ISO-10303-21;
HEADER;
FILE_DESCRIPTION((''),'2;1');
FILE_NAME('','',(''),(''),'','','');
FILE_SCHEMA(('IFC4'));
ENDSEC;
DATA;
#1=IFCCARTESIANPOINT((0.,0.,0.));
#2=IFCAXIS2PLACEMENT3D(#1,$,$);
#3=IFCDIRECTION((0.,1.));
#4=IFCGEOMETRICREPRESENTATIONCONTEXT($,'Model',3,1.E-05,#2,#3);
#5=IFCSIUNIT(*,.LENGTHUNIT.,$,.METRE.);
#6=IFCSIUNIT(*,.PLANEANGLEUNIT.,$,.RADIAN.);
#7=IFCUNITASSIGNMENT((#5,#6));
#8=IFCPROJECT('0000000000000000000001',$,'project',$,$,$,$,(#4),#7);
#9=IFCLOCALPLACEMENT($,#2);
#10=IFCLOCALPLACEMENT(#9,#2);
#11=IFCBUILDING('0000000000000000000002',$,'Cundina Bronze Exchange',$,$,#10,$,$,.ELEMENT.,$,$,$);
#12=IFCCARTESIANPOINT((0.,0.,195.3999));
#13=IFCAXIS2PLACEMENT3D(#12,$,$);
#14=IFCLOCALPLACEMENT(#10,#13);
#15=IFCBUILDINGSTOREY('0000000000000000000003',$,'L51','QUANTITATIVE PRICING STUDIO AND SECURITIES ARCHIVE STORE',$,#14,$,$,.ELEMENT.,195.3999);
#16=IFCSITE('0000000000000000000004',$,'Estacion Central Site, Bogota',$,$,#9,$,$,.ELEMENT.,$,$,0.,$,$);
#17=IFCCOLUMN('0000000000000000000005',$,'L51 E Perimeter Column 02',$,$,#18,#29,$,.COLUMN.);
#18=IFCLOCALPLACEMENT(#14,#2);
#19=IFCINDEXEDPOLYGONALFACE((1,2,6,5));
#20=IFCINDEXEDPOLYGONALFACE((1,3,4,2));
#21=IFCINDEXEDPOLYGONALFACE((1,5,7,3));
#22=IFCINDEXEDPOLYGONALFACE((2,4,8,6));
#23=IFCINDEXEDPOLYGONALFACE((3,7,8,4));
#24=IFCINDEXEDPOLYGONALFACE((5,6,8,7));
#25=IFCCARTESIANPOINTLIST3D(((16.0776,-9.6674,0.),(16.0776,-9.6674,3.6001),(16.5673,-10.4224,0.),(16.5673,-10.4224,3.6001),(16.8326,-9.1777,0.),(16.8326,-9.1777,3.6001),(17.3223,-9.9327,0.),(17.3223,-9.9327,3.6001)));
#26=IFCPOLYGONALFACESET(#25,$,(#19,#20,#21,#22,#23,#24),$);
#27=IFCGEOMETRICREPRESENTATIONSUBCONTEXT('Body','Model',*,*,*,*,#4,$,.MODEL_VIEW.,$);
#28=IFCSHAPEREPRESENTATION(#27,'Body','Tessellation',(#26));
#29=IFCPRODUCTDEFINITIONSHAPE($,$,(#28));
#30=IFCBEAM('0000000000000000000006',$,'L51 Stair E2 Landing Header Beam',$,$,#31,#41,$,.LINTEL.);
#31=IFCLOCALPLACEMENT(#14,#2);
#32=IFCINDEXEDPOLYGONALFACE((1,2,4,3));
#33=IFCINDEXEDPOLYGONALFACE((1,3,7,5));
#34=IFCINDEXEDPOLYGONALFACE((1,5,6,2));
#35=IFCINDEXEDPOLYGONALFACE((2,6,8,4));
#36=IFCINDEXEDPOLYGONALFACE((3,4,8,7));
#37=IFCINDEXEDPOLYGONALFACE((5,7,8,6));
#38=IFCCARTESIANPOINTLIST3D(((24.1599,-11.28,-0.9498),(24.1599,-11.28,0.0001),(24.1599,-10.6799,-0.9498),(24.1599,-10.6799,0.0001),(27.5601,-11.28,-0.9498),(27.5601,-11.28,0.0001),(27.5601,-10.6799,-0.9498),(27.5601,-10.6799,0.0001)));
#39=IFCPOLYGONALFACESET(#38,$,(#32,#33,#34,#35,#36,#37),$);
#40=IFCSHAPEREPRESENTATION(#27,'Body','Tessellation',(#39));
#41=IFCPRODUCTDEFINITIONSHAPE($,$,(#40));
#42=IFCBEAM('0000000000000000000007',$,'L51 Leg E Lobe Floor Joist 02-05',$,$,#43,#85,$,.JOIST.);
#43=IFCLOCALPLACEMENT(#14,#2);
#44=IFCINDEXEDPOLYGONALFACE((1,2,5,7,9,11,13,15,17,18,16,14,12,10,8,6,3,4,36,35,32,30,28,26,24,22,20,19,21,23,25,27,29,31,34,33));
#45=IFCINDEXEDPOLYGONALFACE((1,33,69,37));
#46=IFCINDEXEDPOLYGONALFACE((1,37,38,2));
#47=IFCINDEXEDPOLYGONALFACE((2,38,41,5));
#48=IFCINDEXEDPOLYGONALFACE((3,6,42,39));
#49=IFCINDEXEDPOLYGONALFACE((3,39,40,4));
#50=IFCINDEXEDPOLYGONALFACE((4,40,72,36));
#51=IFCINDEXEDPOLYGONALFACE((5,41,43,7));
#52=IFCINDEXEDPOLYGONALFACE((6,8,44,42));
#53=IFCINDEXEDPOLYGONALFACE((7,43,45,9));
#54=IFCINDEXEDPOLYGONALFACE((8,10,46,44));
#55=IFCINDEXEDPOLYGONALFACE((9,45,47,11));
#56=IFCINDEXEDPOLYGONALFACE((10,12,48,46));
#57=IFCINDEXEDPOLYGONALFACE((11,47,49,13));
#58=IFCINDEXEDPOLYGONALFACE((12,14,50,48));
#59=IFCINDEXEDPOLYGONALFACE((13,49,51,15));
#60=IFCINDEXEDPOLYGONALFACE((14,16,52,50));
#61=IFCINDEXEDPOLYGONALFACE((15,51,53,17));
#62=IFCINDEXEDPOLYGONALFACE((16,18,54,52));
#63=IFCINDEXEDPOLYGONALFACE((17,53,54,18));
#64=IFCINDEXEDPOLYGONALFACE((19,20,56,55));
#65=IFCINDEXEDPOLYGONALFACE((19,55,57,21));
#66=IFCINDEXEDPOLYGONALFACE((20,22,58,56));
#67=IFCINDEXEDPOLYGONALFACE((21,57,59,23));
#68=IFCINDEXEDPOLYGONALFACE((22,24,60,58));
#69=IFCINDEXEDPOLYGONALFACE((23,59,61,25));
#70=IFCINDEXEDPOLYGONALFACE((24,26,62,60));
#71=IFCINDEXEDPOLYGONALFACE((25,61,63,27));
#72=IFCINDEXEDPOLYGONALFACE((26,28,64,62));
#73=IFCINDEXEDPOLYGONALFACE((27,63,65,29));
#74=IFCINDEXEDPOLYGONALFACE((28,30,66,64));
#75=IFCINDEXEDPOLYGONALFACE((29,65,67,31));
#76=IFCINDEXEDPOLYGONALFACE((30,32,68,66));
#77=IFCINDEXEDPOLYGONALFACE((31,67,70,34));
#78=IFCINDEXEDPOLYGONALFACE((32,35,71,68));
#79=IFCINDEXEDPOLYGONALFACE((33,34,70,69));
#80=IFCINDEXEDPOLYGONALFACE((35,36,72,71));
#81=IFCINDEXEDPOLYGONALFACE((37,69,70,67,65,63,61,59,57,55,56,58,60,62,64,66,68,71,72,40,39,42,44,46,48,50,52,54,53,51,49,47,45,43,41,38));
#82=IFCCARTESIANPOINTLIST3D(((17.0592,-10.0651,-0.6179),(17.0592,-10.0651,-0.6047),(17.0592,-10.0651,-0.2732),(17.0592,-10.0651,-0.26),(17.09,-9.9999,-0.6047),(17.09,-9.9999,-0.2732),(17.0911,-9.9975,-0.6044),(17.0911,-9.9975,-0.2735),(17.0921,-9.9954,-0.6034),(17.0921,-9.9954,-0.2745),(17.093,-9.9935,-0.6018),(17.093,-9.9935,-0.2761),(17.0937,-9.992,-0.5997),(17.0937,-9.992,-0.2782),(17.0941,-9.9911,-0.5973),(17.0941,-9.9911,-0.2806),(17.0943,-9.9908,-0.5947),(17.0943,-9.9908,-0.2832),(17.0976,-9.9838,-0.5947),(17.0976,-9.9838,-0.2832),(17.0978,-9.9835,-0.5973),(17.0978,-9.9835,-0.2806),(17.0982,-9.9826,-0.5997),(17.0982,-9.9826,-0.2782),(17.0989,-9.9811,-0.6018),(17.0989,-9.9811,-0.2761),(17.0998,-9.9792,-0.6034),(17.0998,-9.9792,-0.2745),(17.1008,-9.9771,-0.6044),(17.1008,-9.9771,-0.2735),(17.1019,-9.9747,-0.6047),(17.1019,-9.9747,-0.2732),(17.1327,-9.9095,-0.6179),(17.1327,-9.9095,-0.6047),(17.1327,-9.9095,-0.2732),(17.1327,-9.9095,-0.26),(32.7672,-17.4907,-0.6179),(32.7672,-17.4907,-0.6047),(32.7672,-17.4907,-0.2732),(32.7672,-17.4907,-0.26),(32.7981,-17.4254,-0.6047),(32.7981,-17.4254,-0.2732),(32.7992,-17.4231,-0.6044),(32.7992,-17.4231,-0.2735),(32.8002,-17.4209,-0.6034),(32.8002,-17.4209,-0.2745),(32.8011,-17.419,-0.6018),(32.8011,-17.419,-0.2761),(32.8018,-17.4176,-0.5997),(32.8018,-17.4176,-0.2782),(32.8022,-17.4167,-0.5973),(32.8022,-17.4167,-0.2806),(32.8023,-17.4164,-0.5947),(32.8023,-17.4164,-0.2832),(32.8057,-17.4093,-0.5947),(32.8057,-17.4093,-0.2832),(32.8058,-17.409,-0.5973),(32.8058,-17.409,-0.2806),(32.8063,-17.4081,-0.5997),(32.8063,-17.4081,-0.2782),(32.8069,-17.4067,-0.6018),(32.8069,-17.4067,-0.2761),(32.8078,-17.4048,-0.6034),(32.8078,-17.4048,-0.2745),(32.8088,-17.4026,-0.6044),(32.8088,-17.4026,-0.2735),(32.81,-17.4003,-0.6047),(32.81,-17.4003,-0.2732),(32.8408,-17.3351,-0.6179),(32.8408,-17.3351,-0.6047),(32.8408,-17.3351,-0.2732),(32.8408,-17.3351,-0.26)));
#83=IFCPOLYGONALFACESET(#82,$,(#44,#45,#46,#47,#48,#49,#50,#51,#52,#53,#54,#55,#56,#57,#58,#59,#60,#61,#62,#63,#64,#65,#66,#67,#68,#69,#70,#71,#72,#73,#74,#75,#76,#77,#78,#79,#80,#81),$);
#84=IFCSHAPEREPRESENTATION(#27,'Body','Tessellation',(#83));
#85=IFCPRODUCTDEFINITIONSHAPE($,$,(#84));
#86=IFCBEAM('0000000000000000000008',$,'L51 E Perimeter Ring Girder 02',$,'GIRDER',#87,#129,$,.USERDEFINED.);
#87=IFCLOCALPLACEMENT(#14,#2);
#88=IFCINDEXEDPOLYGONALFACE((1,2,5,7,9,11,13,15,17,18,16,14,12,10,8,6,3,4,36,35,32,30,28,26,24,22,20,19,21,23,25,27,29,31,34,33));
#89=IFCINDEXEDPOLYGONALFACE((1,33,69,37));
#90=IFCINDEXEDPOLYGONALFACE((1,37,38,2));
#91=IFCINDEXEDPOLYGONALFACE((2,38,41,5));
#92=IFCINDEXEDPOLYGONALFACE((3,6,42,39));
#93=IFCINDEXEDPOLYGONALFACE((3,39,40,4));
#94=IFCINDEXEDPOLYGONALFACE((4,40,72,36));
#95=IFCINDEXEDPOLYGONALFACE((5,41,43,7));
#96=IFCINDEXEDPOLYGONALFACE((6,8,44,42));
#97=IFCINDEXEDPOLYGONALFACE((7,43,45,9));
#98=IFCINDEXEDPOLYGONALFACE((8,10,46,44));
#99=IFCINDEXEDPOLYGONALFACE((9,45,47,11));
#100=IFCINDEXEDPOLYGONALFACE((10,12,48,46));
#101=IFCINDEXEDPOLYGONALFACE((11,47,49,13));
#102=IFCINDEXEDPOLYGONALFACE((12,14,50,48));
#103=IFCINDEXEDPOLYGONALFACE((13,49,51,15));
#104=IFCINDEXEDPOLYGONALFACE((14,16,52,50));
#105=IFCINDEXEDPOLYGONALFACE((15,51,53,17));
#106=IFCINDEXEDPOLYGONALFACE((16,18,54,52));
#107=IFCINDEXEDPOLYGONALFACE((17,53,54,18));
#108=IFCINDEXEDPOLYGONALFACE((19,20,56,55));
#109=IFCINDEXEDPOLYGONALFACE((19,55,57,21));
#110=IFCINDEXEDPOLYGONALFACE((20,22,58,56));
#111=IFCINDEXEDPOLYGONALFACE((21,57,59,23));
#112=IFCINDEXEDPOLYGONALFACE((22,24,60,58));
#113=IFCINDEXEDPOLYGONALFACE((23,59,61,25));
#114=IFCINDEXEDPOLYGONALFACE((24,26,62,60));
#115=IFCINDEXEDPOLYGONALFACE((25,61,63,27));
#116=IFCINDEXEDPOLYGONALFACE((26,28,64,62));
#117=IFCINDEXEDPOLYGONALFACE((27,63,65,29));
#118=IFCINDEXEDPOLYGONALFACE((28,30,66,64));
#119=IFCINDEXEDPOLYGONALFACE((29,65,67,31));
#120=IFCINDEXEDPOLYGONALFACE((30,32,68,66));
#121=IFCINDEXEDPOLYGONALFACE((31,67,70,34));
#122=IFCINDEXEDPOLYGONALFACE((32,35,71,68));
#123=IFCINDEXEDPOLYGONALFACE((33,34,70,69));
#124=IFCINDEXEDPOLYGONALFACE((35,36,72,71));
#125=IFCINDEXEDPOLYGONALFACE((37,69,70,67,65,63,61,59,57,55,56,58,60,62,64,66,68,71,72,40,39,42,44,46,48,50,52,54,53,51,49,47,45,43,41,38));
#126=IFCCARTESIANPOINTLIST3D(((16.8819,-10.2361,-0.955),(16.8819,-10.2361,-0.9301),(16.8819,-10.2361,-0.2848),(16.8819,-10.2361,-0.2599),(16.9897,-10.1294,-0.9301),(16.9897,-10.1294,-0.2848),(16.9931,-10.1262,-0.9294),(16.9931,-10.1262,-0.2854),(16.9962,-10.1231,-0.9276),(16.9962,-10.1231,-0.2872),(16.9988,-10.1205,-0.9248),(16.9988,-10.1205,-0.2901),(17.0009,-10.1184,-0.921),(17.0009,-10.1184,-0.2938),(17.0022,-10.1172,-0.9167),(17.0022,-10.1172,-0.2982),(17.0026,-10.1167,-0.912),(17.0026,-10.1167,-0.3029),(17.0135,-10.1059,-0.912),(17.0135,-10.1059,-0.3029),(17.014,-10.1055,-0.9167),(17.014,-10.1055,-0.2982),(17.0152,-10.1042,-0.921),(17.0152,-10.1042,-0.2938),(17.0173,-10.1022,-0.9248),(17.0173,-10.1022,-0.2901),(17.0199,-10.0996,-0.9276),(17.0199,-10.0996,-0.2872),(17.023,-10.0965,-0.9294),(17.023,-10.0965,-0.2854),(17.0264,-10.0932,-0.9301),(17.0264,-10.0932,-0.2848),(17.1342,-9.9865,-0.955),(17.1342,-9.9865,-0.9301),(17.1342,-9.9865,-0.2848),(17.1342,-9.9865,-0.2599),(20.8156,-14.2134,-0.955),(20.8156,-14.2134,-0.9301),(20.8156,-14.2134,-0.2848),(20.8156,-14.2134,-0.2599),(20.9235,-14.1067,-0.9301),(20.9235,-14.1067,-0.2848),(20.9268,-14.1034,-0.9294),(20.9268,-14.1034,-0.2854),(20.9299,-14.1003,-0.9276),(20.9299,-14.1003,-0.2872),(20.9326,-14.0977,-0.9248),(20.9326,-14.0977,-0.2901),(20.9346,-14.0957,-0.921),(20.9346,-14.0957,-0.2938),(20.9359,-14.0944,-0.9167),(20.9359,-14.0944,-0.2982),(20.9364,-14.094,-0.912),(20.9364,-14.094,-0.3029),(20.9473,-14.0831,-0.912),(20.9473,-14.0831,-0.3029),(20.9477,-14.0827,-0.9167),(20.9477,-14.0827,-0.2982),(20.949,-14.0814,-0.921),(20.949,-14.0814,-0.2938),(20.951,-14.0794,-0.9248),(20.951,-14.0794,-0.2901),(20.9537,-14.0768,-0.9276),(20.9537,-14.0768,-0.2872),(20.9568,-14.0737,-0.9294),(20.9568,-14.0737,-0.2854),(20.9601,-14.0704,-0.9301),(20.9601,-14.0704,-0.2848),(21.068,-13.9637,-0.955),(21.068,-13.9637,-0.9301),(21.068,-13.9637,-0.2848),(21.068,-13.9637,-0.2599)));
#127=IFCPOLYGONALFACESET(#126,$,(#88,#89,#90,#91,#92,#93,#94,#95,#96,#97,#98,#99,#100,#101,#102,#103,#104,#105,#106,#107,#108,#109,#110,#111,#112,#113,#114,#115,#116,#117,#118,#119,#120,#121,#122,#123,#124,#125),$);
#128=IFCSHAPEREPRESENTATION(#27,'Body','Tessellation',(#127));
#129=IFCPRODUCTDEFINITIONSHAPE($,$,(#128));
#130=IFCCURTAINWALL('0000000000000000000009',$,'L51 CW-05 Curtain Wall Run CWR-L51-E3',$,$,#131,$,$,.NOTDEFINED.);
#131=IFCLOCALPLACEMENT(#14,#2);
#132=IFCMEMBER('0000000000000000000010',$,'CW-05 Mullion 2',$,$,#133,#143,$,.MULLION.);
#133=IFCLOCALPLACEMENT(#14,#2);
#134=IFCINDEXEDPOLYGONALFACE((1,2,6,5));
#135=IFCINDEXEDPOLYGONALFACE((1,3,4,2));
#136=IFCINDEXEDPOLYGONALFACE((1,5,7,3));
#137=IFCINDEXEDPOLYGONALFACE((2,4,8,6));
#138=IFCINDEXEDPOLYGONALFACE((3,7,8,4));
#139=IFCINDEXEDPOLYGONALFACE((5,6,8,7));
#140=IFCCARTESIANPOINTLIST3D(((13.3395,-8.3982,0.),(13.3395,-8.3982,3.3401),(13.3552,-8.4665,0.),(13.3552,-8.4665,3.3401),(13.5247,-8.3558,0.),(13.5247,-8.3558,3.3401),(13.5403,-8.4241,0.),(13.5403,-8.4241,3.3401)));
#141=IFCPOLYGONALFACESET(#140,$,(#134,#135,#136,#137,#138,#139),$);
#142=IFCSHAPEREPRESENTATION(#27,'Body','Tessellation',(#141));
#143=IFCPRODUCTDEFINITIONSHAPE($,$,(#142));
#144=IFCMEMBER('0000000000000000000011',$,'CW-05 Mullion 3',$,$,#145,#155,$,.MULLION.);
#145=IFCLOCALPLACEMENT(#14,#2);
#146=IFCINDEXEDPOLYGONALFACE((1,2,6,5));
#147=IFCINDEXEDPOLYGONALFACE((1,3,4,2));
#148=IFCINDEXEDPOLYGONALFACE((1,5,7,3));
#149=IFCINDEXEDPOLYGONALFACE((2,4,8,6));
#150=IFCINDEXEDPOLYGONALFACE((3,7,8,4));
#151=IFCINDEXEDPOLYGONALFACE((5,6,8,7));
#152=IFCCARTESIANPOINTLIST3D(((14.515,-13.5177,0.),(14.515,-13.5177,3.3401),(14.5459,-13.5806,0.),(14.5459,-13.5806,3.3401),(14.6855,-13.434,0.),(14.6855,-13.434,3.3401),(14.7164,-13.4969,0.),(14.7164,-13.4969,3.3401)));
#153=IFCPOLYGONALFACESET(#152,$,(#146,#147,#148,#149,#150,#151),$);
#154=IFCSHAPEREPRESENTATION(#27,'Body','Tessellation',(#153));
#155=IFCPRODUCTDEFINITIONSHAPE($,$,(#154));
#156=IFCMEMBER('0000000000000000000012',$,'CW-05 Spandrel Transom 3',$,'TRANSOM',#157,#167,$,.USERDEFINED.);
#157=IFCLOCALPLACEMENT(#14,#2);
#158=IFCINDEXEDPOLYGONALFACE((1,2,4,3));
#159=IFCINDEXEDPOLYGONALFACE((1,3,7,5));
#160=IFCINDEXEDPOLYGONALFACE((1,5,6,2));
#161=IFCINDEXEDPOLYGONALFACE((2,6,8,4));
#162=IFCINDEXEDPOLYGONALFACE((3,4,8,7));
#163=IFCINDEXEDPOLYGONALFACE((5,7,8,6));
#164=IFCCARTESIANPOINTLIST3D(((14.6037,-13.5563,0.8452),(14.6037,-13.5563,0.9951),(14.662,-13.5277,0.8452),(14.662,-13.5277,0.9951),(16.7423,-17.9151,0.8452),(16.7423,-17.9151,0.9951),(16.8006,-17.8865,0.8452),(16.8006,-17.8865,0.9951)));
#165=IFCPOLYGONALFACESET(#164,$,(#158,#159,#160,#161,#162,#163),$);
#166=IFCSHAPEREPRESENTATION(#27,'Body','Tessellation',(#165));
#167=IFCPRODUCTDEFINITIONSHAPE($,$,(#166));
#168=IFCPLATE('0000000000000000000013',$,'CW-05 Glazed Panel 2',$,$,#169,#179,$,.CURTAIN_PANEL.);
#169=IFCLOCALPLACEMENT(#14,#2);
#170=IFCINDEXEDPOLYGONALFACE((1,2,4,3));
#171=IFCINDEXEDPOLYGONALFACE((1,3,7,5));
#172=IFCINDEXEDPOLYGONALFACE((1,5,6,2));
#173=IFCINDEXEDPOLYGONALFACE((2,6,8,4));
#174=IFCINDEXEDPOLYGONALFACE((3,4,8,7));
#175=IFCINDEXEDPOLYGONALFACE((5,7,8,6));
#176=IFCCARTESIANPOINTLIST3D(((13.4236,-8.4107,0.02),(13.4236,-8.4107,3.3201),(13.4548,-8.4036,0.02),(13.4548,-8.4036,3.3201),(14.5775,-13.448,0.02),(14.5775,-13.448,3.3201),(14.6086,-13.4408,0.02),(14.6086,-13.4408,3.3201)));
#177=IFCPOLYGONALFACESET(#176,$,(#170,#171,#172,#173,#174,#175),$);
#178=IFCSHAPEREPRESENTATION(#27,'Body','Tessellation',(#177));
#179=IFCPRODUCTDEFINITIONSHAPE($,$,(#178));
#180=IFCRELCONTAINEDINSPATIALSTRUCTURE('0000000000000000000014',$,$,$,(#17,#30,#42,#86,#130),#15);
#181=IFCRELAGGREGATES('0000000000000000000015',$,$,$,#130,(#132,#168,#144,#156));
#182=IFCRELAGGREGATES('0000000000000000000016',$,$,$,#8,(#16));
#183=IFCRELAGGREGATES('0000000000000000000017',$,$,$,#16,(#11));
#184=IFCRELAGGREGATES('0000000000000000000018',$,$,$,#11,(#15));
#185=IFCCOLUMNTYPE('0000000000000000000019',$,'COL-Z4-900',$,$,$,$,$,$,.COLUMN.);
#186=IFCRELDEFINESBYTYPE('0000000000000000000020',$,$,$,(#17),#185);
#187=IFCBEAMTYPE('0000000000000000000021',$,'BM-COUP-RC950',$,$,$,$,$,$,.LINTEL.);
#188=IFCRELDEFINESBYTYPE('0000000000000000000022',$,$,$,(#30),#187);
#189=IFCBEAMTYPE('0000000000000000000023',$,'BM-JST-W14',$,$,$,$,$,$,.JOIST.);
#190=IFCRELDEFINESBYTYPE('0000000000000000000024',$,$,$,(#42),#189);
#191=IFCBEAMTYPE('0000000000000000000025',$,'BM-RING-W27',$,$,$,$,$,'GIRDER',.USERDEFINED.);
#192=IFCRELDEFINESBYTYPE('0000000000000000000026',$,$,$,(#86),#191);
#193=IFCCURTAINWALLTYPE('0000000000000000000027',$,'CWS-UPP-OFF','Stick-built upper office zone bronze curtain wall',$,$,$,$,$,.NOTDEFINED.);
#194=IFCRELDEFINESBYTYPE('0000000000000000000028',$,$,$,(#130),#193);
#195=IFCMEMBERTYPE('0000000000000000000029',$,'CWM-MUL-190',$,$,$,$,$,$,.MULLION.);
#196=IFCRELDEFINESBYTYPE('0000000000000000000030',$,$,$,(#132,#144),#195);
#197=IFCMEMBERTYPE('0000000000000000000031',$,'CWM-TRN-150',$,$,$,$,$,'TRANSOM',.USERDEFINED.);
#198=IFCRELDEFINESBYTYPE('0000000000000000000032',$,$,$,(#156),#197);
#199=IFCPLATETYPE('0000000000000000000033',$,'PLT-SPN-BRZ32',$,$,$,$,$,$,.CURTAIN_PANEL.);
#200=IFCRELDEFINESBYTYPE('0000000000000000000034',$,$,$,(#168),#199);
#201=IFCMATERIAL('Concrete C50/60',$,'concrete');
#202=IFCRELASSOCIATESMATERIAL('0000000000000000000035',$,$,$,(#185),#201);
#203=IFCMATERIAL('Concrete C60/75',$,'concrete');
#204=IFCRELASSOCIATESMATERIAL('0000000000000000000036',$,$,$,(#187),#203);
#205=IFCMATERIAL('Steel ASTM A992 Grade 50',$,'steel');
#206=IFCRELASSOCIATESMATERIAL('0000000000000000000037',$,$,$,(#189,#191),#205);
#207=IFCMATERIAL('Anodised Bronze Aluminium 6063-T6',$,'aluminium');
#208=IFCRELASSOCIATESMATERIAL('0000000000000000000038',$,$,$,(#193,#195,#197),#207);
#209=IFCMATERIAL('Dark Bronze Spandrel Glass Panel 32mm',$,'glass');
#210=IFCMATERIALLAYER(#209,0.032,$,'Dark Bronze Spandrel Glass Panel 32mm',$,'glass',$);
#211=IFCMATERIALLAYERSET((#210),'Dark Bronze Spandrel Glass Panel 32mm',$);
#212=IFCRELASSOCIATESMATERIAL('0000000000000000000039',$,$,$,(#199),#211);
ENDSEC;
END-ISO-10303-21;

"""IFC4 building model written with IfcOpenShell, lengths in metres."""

from ifc_helpers import new_model, si_unit, direction, frame, origin, origin_2d, place, context, subcontext, project, spatial, rectangle, i_section, extrude, material, layer, layer_set, material_profile, profile_set, type_object, element, aggregate, save


model = new_model("IFC4")

# Units and contexts
model_context = context("Model", 3, precision=1e-05, world=origin(), true_north=direction((0.0, 1.0)))
body_context = subcontext(model_context, "Body", "Model", "MODEL_VIEW")
ifc_project = project(units=[si_unit("LENGTHUNIT", "METRE"), si_unit("PLANEANGLEUNIT", "RADIAN")], contexts=[model_context])

# Site, building, storey
site_placement = place(None, origin())
site = spatial("IfcSite", under=ifc_project, at=site_placement, Name="Estacion Central Site, Bogota", CompositionType="ELEMENT", RefElevation=0.0)
building_placement = place(site_placement, origin())
building = spatial("IfcBuilding", under=site, at=building_placement, Name="Cundina Bronze Exchange", CompositionType="ELEMENT")
storey_placement = place(building_placement, frame((0.0, 0.0, 195.3999)))
storey = spatial("IfcBuildingStorey", under=building, at=storey_placement, Name="L51", Description="QUANTITATIVE PRICING STUDIO AND SECURITIES ARCHIVE STORE", CompositionType="ELEMENT", Elevation=195.3999)

# Column
ifc_material_1 = material(Name="Concrete C50/60", Category="concrete")
ifc_material_profile_1 = material_profile(ifc_material_1, rectangle(XDim=0.8999, YDim=0.8999, at=origin_2d()), Name="RC900X900", Category="concrete")
ifc_profile_set_1 = profile_set([ifc_material_profile_1], Name="Concrete C50/60")
column_type = type_object("IfcColumnType", Name="COL-Z4-900", PredefinedType="COLUMN", material=ifc_profile_set_1)
column_placement = place(storey_placement, frame((16.7, -9.8, 0.0), z_axis=(0.0, 0.0, 1.0), x_axis=(0.5442, -0.838956, 0.0)))
element("IfcColumn", 1, at=column_placement, inside=storey, type_object=column_type, Name="L51 E Perimeter Column 02", PredefinedType="COLUMN", context=body_context, shape_type="SweptSolid", body=[
    extrude(rectangle(XDim=0.8999, YDim=0.8999, at=origin_2d()), origin(), (0.0, 0.0, 1.0), 3.6001),
])

# Beams
ifc_material_2 = material(Name="Concrete C60/75", Category="concrete")
ifc_material_profile_2 = material_profile(ifc_material_2, rectangle(XDim=0.6001, YDim=0.95, at=origin_2d()), Name="RC600X950", Category="concrete")
ifc_profile_set_2 = profile_set([ifc_material_profile_2], Name="Concrete C60/75")
beam_type_1 = type_object("IfcBeamType", Name="BM-COUP-RC950", PredefinedType="LINTEL", material=ifc_profile_set_2)
beam_1_placement = place(storey_placement, frame((24.1599, -10.98, -0.4749), z_axis=(1.0, 0.0, 0.0), x_axis=(0.0, 1.0, 0.0)))
element("IfcBeam", 2, at=beam_1_placement, inside=storey, type_object=beam_type_1, Name="L51 Stair E2 Landing Header Beam", PredefinedType="LINTEL", context=body_context, shape_type="SweptSolid", body=[
    extrude(rectangle(XDim=0.6001, YDim=0.95, at=origin_2d()), origin(), (0.0, 0.0, 1.0), 3.4001),
])
ifc_material_3 = material(Name="Steel ASTM A992 Grade 50", Category="steel")
ifc_material_profile_3 = material_profile(ifc_material_3, i_section(OverallWidth=0.1721, OverallDepth=0.3579, WebThickness=0.0078, FlangeThickness=0.0132, FilletRadius=0.01, at=origin_2d()), Name="W14X38", Category="steel")
ifc_profile_set_3 = profile_set([ifc_material_profile_3], Name="Steel ASTM A992 Grade 50")
beam_type_2 = type_object("IfcBeamType", Name="BM-JST-W14", PredefinedType="JOIST", material=ifc_profile_set_3)
beam_2_placement = place(storey_placement, frame((17.0959, -9.9873, -0.439), z_axis=(0.904074, -0.427376, 0.0), x_axis=(0.427376, 0.904074, 0.0)))
element("IfcBeam", 3, at=beam_2_placement, inside=storey, type_object=beam_type_2, Name="L51 Leg E Lobe Floor Joist 02-05", PredefinedType="JOIST", context=body_context, shape_type="SweptSolid", body=[
    extrude(i_section(OverallWidth=0.1721, OverallDepth=0.3579, WebThickness=0.0078, FlangeThickness=0.0132, FilletRadius=0.01, at=origin_2d()), origin(), (0.0, 0.0, 1.0), 17.3748),
])
ifc_material_profile_4 = material_profile(ifc_material_3, i_section(OverallWidth=0.355, OverallDepth=0.6951, WebThickness=0.0154, FlangeThickness=0.0249, FilletRadius=0.0181, at=origin_2d()), Name="W27X146", Category="steel")
ifc_profile_set_4 = profile_set([ifc_material_profile_4], Name="Steel ASTM A992 Grade 50")
beam_type_3 = type_object("IfcBeamType", Name="BM-RING-W27", ElementType="GIRDER", PredefinedType="USERDEFINED", material=ifc_profile_set_4)
beam_3_placement = place(storey_placement, frame((17.0081, -10.1113, -0.6074), z_axis=(0.703212, -0.71098, 0.0), x_axis=(0.71098, 0.703212, 0.0)))
element("IfcBeam", 4, at=beam_3_placement, inside=storey, type_object=beam_type_3, Name="L51 E Perimeter Ring Girder 02", ObjectType="GIRDER", PredefinedType="USERDEFINED", context=body_context, shape_type="SweptSolid", body=[
    extrude(i_section(OverallWidth=0.355, OverallDepth=0.6951, WebThickness=0.0154, FlangeThickness=0.0249, FilletRadius=0.0181, at=origin_2d()), origin(), (0.0, 0.0, 1.0), 5.594),
])

# Curtain wall, members, plate
ifc_material_4 = material(Name="Anodised Bronze Aluminium 6063-T6", Category="aluminium")
curtain_wall_type = type_object("IfcCurtainWallType", Name="CWS-UPP-OFF", Description="Stick-built upper office zone bronze curtain wall", PredefinedType="NOTDEFINED", material=ifc_material_4)
curtain_wall_placement = place(storey_placement, origin())
curtain_wall = element("IfcCurtainWall", 5, at=curtain_wall_placement, inside=storey, type_object=curtain_wall_type, Name="L51 CW-05 Curtain Wall Run CWR-L51-E3", PredefinedType="NOTDEFINED")
ifc_material_profile_5 = material_profile(ifc_material_4, rectangle(XDim=0.0701, YDim=0.1899, at=origin_2d()), Name="AL70X190", Category="aluminium")
ifc_profile_set_5 = profile_set([ifc_material_profile_5], Name="Anodised Bronze Aluminium 6063-T6")
member_type_1 = type_object("IfcMemberType", Name="CWM-MUL-190", PredefinedType="MULLION", material=ifc_profile_set_5)
member_1_placement = place(storey_placement, frame((13.4399, -8.4111, 0.0), z_axis=(0.0, 0.0, 1.0), x_axis=(0.22325, -0.974761, 0.0)))
member_1 = element("IfcMember", 6, at=member_1_placement, type_object=member_type_1, Name="CW-05 Mullion 2", PredefinedType="MULLION", context=body_context, shape_type="SweptSolid", body=[
    extrude(rectangle(XDim=0.0701, YDim=0.1899, at=origin_2d()), origin(), (0.0, 0.0, 1.0), 3.3401),
])
member_2_placement = place(storey_placement, frame((14.6157, -13.5073, 0.0), z_axis=(0.0, 0.0, 1.0), x_axis=(0.440566, -0.89772, 0.0)))
member_2 = element("IfcMember", 7, at=member_2_placement, type_object=member_type_1, Name="CW-05 Mullion 3", PredefinedType="MULLION", context=body_context, shape_type="SweptSolid", body=[
    extrude(rectangle(XDim=0.0701, YDim=0.1899, at=origin_2d()), origin(), (0.0, 0.0, 1.0), 3.3401),
])
ifc_material_profile_6 = material_profile(ifc_material_4, rectangle(XDim=0.0649, YDim=0.1499, at=origin_2d()), Name="AL65X150", Category="aluminium")
ifc_profile_set_6 = profile_set([ifc_material_profile_6], Name="Anodised Bronze Aluminium 6063-T6")
member_type_2 = type_object("IfcMemberType", Name="CWM-TRN-150", ElementType="TRANSOM", PredefinedType="USERDEFINED", material=ifc_profile_set_6)
member_3_placement = place(storey_placement, frame((14.6328, -13.542, 0.9202), z_axis=(0.440483, -0.897761, 0.0), x_axis=(0.897761, 0.440483, 0.0)))
member_3 = element("IfcMember", 8, at=member_3_placement, type_object=member_type_2, Name="CW-05 Spandrel Transom 3", ObjectType="TRANSOM", PredefinedType="USERDEFINED", context=body_context, shape_type="SweptSolid", body=[
    extrude(rectangle(XDim=0.0649, YDim=0.1499, at=origin_2d()), origin(), (0.0, 0.0, 1.0), 4.8552),
])
ifc_material_5 = material(Name="Dark Bronze Spandrel Glass Panel 32mm", Category="glass")
ifc_layer_1 = layer(ifc_material_5, 0.032, Name="Dark Bronze Spandrel Glass Panel 32mm", Category="glass")
ifc_layer_set_1 = layer_set([ifc_layer_1], Name="Dark Bronze Spandrel Glass Panel 32mm")
plate_type = type_object("IfcPlateType", Name="PLT-SPN-BRZ32", PredefinedType="CURTAIN_PANEL", material=ifc_layer_set_1)
plate_placement = place(storey_placement, frame((14.0161, -10.9258, 0.02), z_axis=(0.0, 0.0, 1.0), x_axis=(0.223284, -0.974753, 0.0)))
plate = element("IfcPlate", 9, at=plate_placement, type_object=plate_type, Name="CW-05 Glazed Panel 2", PredefinedType="CURTAIN_PANEL", context=body_context, shape_type="SweptSolid", body=[
    extrude(rectangle(XDim=5.1677, YDim=0.032, at=origin_2d()), origin(), (0.0, 0.0, 1.0), 3.3),
])
aggregate(curtain_wall, [member_1, plate, member_2, member_3])

save(model, "model.ifc")
